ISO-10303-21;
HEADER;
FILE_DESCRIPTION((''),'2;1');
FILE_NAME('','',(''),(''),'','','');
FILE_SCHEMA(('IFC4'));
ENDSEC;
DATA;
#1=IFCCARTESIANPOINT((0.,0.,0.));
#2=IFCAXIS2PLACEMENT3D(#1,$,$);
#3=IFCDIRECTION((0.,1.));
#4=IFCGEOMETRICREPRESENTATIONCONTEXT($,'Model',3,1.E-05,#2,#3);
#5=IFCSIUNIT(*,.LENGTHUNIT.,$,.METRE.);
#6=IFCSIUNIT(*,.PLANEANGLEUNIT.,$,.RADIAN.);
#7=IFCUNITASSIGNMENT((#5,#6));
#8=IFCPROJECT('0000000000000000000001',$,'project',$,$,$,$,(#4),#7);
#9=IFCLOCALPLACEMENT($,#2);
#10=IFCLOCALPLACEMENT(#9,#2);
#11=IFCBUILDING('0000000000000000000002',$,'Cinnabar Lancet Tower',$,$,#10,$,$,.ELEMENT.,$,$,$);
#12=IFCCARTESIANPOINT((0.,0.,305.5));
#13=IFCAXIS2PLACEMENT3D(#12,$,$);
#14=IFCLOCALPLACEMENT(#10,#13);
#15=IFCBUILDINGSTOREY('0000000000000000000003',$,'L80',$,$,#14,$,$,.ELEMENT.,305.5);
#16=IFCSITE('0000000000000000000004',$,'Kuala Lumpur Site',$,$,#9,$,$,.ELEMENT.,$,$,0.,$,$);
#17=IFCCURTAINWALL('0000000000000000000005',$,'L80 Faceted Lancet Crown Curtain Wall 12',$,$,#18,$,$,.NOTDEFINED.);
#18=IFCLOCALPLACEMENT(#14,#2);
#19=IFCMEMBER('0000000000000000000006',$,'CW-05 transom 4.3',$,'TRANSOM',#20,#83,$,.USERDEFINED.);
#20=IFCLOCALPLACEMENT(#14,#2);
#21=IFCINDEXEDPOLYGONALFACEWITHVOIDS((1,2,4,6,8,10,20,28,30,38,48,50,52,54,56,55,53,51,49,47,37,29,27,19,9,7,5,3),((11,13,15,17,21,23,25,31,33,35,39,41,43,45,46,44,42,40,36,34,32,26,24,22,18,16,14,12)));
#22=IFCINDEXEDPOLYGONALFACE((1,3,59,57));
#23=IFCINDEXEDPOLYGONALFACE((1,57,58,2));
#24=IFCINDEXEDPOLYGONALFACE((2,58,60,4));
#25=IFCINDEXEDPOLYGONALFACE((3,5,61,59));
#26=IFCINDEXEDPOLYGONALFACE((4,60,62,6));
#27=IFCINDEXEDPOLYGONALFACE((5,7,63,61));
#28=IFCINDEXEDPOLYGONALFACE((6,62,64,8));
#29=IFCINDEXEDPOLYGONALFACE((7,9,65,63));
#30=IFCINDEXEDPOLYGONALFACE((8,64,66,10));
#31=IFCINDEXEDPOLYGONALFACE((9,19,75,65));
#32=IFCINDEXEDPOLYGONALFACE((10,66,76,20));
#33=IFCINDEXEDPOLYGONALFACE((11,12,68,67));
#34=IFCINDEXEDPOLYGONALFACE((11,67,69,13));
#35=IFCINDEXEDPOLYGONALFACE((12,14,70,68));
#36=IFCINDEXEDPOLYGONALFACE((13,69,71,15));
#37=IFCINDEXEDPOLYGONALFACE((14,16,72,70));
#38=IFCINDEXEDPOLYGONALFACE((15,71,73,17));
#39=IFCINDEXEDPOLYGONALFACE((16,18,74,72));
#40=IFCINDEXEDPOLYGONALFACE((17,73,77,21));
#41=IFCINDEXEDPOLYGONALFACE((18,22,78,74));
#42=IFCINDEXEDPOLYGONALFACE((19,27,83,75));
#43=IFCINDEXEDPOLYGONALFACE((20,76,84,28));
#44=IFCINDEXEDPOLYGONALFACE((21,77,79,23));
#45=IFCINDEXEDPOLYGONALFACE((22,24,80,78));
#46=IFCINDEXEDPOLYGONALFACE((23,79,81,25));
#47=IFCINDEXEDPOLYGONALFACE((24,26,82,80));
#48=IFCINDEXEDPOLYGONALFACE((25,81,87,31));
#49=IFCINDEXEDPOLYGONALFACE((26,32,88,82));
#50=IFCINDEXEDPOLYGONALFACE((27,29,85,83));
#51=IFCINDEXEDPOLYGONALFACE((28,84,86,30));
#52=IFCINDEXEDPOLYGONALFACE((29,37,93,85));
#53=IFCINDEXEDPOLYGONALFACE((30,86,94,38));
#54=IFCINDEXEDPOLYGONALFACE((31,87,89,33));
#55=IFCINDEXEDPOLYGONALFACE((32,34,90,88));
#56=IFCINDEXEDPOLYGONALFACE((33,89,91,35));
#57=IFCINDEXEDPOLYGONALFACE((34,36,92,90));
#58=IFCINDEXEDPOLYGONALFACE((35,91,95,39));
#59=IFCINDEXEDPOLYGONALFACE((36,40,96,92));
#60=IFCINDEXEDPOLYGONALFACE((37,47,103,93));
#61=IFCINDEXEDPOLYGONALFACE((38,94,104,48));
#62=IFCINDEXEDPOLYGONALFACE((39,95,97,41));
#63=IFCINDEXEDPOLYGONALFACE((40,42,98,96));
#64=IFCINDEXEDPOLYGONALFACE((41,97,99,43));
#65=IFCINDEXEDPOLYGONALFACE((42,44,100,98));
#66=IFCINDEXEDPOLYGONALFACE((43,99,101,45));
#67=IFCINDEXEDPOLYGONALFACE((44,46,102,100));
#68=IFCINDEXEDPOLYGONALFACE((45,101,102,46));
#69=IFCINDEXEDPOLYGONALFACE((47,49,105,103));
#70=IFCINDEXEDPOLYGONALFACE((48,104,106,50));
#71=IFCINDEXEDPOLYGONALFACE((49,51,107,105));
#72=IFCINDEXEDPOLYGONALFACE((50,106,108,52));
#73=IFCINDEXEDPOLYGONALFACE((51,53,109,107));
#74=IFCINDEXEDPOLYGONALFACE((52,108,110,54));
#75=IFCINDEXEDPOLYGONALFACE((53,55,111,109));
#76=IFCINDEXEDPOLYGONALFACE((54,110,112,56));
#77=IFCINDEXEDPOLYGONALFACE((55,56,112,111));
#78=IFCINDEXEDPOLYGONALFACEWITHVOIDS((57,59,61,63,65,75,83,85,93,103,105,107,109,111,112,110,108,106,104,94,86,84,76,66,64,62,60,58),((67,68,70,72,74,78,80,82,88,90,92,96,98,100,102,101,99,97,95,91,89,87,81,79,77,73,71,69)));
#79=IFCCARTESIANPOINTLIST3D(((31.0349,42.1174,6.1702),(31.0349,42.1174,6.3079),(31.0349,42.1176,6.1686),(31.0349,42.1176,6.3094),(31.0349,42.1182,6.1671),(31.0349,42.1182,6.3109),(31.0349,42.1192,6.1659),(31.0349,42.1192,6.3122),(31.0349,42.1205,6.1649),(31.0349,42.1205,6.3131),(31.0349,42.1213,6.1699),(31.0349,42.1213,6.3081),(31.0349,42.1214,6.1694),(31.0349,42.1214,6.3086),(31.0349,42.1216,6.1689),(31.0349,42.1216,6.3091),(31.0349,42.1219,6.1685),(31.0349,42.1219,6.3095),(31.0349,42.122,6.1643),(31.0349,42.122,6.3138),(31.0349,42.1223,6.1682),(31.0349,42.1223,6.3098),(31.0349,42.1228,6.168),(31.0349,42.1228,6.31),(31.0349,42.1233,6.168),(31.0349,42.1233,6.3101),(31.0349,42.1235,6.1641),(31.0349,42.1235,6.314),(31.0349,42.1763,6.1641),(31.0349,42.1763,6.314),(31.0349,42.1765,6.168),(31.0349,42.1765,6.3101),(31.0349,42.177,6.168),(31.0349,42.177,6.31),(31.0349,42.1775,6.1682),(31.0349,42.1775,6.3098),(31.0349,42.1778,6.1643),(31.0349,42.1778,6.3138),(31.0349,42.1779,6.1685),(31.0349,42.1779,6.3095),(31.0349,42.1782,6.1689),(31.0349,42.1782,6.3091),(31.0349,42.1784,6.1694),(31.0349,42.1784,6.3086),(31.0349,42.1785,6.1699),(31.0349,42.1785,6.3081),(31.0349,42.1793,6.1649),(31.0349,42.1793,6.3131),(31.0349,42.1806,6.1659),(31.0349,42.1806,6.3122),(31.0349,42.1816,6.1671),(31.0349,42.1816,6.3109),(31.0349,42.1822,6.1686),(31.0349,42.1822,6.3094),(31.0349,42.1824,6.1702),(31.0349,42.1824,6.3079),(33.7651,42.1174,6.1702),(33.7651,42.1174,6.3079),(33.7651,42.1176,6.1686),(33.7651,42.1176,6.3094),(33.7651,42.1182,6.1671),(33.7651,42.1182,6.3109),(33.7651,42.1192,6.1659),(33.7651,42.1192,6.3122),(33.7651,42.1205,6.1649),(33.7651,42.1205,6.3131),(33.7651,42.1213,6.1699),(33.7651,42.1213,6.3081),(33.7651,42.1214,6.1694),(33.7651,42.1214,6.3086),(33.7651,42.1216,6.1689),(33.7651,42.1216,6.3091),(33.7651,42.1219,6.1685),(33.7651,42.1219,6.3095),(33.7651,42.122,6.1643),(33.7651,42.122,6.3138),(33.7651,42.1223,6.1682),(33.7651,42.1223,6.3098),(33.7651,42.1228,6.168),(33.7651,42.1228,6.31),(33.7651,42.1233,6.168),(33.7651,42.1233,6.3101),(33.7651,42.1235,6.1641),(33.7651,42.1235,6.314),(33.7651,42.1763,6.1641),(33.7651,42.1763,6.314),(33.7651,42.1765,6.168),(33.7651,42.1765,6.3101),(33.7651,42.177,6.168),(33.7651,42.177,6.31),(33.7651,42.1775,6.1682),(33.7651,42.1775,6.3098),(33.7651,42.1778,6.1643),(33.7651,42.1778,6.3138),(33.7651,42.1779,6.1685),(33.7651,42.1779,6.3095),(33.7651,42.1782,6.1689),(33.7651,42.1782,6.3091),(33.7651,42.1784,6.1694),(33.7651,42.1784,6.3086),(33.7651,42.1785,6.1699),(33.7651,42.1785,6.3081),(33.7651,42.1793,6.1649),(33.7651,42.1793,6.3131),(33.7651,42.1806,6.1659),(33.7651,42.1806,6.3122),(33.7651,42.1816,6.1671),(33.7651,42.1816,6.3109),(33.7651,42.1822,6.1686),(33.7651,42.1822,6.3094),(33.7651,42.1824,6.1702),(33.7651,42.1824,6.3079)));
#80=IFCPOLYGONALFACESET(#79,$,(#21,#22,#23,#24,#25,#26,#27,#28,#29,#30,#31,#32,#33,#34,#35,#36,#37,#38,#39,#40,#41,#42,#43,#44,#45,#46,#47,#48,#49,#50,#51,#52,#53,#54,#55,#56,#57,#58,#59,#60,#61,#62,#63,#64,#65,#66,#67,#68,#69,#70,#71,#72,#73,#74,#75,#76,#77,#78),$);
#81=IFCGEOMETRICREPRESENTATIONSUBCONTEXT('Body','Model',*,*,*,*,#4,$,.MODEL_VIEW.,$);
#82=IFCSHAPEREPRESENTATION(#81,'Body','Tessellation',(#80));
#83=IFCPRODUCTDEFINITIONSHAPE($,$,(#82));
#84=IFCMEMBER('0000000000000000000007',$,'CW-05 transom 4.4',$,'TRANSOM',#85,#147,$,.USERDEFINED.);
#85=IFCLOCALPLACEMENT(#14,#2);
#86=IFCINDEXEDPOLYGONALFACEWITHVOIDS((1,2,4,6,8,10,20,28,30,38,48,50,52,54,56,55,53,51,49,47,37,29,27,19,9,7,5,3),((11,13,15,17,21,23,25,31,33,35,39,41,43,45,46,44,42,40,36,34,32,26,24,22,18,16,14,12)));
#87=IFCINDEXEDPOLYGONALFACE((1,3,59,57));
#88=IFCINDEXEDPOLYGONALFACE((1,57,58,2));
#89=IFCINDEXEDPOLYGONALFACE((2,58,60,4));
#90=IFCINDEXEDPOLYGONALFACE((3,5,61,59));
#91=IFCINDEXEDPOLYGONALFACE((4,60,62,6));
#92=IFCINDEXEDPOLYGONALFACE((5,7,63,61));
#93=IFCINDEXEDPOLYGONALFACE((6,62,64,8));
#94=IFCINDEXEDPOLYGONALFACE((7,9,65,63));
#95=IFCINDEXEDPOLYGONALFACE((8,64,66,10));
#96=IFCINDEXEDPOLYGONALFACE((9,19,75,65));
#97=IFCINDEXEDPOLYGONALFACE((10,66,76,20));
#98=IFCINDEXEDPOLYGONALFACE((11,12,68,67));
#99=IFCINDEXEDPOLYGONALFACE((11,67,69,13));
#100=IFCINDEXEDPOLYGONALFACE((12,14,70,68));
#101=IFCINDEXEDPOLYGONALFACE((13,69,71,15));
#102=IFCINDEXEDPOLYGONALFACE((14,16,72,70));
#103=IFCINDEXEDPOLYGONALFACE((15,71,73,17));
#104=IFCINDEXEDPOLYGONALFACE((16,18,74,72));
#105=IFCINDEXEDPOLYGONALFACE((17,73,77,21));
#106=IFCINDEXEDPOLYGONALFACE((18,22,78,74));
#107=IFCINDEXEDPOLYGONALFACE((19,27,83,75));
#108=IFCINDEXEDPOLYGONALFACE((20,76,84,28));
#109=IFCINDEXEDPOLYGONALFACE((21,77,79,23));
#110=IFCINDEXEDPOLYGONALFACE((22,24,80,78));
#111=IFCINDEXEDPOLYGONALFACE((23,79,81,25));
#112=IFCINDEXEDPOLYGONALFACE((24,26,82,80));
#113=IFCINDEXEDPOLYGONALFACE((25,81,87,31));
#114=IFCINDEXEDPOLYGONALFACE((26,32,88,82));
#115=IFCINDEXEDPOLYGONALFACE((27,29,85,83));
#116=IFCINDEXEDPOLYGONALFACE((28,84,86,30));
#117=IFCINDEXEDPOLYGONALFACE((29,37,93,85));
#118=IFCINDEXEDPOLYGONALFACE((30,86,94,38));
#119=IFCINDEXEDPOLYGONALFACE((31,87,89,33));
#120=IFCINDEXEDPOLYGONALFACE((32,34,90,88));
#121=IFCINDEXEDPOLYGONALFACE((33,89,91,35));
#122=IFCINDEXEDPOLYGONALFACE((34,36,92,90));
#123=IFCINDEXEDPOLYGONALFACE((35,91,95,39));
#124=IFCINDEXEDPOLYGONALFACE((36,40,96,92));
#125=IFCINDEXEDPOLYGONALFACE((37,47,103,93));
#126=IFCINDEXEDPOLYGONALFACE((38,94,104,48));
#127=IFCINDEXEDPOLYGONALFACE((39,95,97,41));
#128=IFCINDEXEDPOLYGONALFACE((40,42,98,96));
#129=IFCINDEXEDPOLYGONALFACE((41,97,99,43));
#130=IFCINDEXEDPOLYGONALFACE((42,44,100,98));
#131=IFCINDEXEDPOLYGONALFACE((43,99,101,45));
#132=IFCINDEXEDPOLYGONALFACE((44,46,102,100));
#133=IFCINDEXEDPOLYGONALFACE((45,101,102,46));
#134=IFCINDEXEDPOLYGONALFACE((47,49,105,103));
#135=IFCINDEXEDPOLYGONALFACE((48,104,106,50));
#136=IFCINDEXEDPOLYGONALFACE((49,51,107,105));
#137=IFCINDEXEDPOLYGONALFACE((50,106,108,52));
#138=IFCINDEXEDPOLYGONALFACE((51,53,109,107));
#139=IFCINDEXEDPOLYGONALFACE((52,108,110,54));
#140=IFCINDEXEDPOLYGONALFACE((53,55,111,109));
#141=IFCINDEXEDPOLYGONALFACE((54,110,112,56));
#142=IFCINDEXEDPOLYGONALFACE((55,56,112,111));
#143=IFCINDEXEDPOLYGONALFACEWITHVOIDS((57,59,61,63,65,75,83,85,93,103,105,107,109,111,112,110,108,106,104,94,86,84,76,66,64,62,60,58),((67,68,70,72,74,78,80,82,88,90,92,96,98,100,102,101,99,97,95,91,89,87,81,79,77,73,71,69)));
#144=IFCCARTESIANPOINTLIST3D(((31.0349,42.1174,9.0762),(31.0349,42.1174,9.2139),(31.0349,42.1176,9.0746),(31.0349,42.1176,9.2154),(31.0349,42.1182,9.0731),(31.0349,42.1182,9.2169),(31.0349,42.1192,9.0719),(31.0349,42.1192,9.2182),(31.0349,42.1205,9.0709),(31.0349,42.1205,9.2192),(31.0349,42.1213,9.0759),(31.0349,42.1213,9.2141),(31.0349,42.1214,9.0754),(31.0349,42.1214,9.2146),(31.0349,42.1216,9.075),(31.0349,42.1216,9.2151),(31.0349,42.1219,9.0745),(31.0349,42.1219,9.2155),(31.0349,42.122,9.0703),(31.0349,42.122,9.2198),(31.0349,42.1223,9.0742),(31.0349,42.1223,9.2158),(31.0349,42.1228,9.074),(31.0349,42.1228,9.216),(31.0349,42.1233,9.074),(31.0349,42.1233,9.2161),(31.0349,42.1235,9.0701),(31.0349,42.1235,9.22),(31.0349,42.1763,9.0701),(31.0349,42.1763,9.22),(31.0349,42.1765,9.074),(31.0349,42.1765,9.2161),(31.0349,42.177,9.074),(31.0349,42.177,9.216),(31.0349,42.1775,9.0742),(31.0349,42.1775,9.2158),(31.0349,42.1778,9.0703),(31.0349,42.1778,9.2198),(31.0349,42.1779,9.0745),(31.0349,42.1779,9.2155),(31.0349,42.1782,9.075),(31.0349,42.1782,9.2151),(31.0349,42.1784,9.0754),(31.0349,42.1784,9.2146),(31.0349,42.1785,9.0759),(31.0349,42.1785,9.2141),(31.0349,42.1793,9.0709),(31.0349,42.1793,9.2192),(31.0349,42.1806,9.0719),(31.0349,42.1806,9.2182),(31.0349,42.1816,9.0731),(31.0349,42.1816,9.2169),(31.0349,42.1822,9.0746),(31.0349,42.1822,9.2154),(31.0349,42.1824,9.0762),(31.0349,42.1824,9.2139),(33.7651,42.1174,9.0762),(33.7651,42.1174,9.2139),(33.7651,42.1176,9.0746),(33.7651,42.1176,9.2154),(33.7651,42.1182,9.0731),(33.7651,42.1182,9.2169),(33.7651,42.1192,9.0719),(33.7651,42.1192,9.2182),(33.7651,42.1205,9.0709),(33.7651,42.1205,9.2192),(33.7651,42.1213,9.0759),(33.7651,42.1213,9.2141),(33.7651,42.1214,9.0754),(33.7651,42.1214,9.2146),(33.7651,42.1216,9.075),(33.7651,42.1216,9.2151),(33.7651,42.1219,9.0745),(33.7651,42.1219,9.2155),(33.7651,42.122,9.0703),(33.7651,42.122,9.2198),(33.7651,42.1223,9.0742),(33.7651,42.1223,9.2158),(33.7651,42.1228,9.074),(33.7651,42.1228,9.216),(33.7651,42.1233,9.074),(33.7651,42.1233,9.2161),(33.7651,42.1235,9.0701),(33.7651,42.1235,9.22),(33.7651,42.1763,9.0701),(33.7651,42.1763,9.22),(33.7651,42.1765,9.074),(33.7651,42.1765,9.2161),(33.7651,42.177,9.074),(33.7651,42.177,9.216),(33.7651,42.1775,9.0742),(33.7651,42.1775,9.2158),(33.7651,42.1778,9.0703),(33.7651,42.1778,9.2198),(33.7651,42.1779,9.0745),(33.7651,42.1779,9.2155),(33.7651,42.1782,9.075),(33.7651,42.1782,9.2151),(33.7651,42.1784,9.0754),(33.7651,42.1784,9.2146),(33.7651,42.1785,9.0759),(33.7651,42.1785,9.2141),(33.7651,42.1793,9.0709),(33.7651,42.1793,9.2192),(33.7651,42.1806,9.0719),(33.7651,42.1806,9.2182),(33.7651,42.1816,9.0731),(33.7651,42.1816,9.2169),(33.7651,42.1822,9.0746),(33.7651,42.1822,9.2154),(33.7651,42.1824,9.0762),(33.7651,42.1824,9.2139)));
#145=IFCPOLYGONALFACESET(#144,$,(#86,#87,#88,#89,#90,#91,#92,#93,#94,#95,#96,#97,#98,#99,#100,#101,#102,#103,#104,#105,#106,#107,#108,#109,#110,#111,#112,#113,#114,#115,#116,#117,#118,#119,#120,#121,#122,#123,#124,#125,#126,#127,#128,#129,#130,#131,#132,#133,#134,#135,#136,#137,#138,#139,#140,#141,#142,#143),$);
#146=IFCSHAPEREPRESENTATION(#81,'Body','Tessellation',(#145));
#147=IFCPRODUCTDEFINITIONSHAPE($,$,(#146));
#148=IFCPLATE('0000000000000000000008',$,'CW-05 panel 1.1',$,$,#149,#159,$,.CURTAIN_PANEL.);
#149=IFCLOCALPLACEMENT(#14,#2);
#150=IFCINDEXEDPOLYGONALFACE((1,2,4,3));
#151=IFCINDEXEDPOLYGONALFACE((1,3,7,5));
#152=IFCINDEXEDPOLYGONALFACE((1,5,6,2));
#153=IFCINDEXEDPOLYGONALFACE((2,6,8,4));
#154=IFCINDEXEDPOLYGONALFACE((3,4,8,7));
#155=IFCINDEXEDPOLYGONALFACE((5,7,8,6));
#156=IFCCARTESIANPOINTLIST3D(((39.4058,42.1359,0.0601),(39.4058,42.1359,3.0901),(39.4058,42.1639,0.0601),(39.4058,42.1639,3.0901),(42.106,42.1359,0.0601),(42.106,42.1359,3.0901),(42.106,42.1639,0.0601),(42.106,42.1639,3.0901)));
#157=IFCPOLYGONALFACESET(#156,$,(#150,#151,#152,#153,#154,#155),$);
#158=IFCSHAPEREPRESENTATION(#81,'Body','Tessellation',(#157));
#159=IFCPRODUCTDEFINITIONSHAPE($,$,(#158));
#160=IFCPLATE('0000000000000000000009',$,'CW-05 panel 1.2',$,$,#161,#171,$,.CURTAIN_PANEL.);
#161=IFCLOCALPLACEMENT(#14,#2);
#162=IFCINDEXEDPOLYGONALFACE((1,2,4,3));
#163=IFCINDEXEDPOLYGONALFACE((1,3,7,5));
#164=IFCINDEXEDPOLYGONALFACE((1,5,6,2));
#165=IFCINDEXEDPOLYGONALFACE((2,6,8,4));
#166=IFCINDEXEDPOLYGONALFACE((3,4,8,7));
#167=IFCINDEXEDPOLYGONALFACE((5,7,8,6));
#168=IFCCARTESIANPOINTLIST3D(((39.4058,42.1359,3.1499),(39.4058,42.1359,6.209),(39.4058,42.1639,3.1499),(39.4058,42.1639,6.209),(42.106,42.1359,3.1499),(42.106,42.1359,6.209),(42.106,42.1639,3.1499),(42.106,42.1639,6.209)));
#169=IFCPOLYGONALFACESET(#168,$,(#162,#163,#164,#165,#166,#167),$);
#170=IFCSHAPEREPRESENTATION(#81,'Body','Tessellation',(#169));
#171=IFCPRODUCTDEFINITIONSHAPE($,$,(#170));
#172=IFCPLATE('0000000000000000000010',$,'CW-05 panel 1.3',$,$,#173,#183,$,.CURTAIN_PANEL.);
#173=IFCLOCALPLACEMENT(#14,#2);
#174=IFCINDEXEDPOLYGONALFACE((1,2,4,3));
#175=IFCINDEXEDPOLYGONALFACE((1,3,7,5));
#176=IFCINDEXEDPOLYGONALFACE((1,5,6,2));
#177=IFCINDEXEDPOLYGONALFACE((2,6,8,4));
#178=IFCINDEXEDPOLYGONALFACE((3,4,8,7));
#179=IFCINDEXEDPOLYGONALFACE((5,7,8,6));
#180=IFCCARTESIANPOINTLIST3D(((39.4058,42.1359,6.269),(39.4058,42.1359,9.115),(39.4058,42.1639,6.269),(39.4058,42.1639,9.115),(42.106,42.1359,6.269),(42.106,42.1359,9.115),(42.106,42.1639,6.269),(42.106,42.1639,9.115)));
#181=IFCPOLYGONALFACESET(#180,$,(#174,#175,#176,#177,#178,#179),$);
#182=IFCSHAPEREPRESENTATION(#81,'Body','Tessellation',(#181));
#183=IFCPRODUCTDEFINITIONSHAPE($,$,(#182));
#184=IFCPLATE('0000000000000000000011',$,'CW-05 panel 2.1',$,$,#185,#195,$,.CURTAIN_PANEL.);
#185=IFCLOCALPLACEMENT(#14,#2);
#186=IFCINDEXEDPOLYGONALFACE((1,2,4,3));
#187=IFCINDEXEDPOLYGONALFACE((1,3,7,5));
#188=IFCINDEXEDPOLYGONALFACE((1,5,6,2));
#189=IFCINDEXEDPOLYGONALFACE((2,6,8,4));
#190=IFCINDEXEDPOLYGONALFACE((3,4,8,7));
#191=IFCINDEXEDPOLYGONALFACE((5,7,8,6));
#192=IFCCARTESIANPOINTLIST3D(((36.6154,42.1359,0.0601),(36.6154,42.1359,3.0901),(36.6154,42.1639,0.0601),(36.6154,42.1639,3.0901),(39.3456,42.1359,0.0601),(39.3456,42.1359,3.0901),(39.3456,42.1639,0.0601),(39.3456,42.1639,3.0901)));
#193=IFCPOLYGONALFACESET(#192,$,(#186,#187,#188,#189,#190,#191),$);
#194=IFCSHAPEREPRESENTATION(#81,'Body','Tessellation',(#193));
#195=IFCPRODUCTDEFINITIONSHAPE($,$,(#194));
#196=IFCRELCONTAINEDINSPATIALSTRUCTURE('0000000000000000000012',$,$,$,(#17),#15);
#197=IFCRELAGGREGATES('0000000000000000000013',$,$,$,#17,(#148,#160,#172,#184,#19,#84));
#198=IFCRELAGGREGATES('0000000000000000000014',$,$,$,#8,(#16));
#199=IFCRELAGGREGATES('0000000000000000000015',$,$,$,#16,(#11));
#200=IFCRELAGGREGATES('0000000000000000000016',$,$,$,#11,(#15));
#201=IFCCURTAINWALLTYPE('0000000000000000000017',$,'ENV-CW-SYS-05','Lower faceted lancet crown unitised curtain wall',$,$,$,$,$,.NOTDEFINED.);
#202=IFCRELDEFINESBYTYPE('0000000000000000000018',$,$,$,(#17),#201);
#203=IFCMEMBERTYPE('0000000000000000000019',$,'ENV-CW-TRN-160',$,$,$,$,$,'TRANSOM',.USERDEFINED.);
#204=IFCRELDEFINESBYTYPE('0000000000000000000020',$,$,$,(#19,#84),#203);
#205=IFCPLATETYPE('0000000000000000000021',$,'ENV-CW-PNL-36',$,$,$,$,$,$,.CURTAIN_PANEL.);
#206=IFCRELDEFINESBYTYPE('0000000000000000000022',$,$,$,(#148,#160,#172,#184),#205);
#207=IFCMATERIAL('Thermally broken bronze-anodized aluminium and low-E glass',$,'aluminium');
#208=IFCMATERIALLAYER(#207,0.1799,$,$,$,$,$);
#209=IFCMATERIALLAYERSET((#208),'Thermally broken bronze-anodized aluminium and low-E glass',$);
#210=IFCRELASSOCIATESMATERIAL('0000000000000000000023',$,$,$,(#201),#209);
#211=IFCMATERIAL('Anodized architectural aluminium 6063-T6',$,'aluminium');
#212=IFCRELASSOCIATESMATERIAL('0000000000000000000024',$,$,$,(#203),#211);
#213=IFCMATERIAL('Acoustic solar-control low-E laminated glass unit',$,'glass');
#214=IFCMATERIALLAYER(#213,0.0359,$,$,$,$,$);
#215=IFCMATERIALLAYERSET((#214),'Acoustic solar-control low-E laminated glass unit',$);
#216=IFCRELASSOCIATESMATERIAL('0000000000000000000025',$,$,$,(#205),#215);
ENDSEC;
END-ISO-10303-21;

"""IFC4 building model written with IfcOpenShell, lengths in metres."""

from ifc_helpers import new_model, si_unit, direction, frame, origin, origin_2d, place, context, subcontext, project, spatial, rectangle, hollow_rectangle, extrude, material, layer, layer_set, material_profile, profile_set, type_object, element, aggregate, save


model = new_model("IFC4")

# Units and contexts
model_context = context("Model", 3, precision=1e-05, world=origin(), true_north=direction((0.0, 1.0)))
body_context = subcontext(model_context, "Body", "Model", "MODEL_VIEW")
ifc_project = project(units=[si_unit("LENGTHUNIT", "METRE"), si_unit("PLANEANGLEUNIT", "RADIAN")], contexts=[model_context])

# Site, building, storey
site_placement = place(None, origin())
site = spatial("IfcSite", under=ifc_project, at=site_placement, Name="Kuala Lumpur Site", CompositionType="ELEMENT", RefElevation=0.0)
building_placement = place(site_placement, origin())
building = spatial("IfcBuilding", under=site, at=building_placement, Name="Cinnabar Lancet Tower", CompositionType="ELEMENT")
storey_placement = place(building_placement, frame((0.0, 0.0, 305.5)))
storey = spatial("IfcBuildingStorey", under=building, at=storey_placement, Name="L80", CompositionType="ELEMENT", Elevation=305.5)

# Curtain wall, members, plates
ifc_material_1 = material(Name="Thermally broken bronze-anodized aluminium and low-E glass", Category="aluminium")
ifc_layer_1 = layer(ifc_material_1, 0.1799)
ifc_layer_set_1 = layer_set([ifc_layer_1], Name="Thermally broken bronze-anodized aluminium and low-E glass")
curtain_wall_type = type_object("IfcCurtainWallType", Name="ENV-CW-SYS-05", Description="Lower faceted lancet crown unitised curtain wall", PredefinedType="NOTDEFINED", material=ifc_layer_set_1)
curtain_wall_placement = place(storey_placement, origin())
curtain_wall = element("IfcCurtainWall", 1, at=curtain_wall_placement, inside=storey, type_object=curtain_wall_type, Name="L80 Faceted Lancet Crown Curtain Wall 12", PredefinedType="NOTDEFINED")
ifc_material_2 = material(Name="Anodized architectural aluminium 6063-T6", Category="aluminium")
ifc_material_profile_1 = material_profile(ifc_material_2, hollow_rectangle(XDim=0.0649, YDim=0.1499, WallThickness=0.0039, InnerFilletRadius=0.002, OuterFilletRadius=0.0061, at=origin_2d()), Name="CW-TRN 150x65x4")
ifc_profile_set_1 = profile_set([ifc_material_profile_1], Name="Anodized architectural aluminium 6063-T6")
member_type_1 = type_object("IfcMemberType", Name="ENV-CW-TRN-160", ElementType="TRANSOM", PredefinedType="USERDEFINED", material=ifc_profile_set_1)
member_1_placement = place(storey_placement, frame((33.7651, 42.1499, 6.239), z_axis=(-1.0, 0.0, 0.0), x_axis=(0.0, -1.0, 0.0)))
member_1 = element("IfcMember", 2, at=member_1_placement, type_object=member_type_1, Name="CW-05 transom 4.3", ObjectType="TRANSOM", PredefinedType="USERDEFINED", context=body_context, shape_type="SweptSolid", body=[
    extrude(hollow_rectangle(XDim=0.0649, YDim=0.1499, WallThickness=0.0039, InnerFilletRadius=0.002, OuterFilletRadius=0.0061, at=origin_2d()), origin(), (0.0, 0.0, 1.0), 2.7302),
])
member_2_placement = place(storey_placement, frame((33.7651, 42.1499, 9.145), z_axis=(-1.0, 0.0, 0.0), x_axis=(0.0, -1.0, 0.0)))
member_2 = element("IfcMember", 3, at=member_2_placement, type_object=member_type_1, Name="CW-05 transom 4.4", ObjectType="TRANSOM", PredefinedType="USERDEFINED", context=body_context, shape_type="SweptSolid", body=[
    extrude(hollow_rectangle(XDim=0.0649, YDim=0.1499, WallThickness=0.0039, InnerFilletRadius=0.002, OuterFilletRadius=0.0061, at=origin_2d()), origin(), (0.0, 0.0, 1.0), 2.7302),
])
ifc_material_3 = material(Name="Acoustic solar-control low-E laminated glass unit", Category="glass")
ifc_layer_2 = layer(ifc_material_3, 0.0359)
ifc_layer_set_2 = layer_set([ifc_layer_2], Name="Acoustic solar-control low-E laminated glass unit")
plate_type = type_object("IfcPlateType", Name="ENV-CW-PNL-36", PredefinedType="CURTAIN_PANEL", material=ifc_layer_set_2)
plate_1_placement = place(storey_placement, frame((40.7559, 42.1499, 0.0601), z_axis=(0.0, 0.0, 1.0), x_axis=(-1.0, 0.0, 0.0)))
plate_1 = element("IfcPlate", 4, at=plate_1_placement, type_object=plate_type, Name="CW-05 panel 1.1", PredefinedType="CURTAIN_PANEL", context=body_context, shape_type="SweptSolid", body=[
    extrude(rectangle(XDim=2.7002, YDim=0.0281, at=origin_2d()), origin(), (0.0, 0.0, 1.0), 3.03),
])
plate_2_placement = place(storey_placement, frame((40.7559, 42.1499, 3.1499), z_axis=(0.0, 0.0, 1.0), x_axis=(-1.0, 0.0, 0.0)))
plate_2 = element("IfcPlate", 5, at=plate_2_placement, type_object=plate_type, Name="CW-05 panel 1.2", PredefinedType="CURTAIN_PANEL", context=body_context, shape_type="SweptSolid", body=[
    extrude(rectangle(XDim=2.7002, YDim=0.0281, at=origin_2d()), origin(), (0.0, 0.0, 1.0), 3.0591),
])
plate_3_placement = place(storey_placement, frame((40.7559, 42.1499, 6.269), z_axis=(0.0, 0.0, 1.0), x_axis=(-1.0, 0.0, 0.0)))
plate_3 = element("IfcPlate", 6, at=plate_3_placement, type_object=plate_type, Name="CW-05 panel 1.3", PredefinedType="CURTAIN_PANEL", context=body_context, shape_type="SweptSolid", body=[
    extrude(rectangle(XDim=2.7002, YDim=0.0281, at=origin_2d()), origin(), (0.0, 0.0, 1.0), 2.8459),
])
plate_4_placement = place(storey_placement, frame((37.9805, 42.1499, 0.0601), z_axis=(0.0, 0.0, 1.0), x_axis=(-1.0, 0.0, 0.0)))
plate_4 = element("IfcPlate", 7, at=plate_4_placement, type_object=plate_type, Name="CW-05 panel 2.1", PredefinedType="CURTAIN_PANEL", context=body_context, shape_type="SweptSolid", body=[
    extrude(rectangle(XDim=2.7302, YDim=0.0281, at=origin_2d()), origin(), (0.0, 0.0, 1.0), 3.03),
])
aggregate(curtain_wall, [plate_1, plate_2, plate_3, plate_4, member_1, member_2])

save(model, "model.ifc")
